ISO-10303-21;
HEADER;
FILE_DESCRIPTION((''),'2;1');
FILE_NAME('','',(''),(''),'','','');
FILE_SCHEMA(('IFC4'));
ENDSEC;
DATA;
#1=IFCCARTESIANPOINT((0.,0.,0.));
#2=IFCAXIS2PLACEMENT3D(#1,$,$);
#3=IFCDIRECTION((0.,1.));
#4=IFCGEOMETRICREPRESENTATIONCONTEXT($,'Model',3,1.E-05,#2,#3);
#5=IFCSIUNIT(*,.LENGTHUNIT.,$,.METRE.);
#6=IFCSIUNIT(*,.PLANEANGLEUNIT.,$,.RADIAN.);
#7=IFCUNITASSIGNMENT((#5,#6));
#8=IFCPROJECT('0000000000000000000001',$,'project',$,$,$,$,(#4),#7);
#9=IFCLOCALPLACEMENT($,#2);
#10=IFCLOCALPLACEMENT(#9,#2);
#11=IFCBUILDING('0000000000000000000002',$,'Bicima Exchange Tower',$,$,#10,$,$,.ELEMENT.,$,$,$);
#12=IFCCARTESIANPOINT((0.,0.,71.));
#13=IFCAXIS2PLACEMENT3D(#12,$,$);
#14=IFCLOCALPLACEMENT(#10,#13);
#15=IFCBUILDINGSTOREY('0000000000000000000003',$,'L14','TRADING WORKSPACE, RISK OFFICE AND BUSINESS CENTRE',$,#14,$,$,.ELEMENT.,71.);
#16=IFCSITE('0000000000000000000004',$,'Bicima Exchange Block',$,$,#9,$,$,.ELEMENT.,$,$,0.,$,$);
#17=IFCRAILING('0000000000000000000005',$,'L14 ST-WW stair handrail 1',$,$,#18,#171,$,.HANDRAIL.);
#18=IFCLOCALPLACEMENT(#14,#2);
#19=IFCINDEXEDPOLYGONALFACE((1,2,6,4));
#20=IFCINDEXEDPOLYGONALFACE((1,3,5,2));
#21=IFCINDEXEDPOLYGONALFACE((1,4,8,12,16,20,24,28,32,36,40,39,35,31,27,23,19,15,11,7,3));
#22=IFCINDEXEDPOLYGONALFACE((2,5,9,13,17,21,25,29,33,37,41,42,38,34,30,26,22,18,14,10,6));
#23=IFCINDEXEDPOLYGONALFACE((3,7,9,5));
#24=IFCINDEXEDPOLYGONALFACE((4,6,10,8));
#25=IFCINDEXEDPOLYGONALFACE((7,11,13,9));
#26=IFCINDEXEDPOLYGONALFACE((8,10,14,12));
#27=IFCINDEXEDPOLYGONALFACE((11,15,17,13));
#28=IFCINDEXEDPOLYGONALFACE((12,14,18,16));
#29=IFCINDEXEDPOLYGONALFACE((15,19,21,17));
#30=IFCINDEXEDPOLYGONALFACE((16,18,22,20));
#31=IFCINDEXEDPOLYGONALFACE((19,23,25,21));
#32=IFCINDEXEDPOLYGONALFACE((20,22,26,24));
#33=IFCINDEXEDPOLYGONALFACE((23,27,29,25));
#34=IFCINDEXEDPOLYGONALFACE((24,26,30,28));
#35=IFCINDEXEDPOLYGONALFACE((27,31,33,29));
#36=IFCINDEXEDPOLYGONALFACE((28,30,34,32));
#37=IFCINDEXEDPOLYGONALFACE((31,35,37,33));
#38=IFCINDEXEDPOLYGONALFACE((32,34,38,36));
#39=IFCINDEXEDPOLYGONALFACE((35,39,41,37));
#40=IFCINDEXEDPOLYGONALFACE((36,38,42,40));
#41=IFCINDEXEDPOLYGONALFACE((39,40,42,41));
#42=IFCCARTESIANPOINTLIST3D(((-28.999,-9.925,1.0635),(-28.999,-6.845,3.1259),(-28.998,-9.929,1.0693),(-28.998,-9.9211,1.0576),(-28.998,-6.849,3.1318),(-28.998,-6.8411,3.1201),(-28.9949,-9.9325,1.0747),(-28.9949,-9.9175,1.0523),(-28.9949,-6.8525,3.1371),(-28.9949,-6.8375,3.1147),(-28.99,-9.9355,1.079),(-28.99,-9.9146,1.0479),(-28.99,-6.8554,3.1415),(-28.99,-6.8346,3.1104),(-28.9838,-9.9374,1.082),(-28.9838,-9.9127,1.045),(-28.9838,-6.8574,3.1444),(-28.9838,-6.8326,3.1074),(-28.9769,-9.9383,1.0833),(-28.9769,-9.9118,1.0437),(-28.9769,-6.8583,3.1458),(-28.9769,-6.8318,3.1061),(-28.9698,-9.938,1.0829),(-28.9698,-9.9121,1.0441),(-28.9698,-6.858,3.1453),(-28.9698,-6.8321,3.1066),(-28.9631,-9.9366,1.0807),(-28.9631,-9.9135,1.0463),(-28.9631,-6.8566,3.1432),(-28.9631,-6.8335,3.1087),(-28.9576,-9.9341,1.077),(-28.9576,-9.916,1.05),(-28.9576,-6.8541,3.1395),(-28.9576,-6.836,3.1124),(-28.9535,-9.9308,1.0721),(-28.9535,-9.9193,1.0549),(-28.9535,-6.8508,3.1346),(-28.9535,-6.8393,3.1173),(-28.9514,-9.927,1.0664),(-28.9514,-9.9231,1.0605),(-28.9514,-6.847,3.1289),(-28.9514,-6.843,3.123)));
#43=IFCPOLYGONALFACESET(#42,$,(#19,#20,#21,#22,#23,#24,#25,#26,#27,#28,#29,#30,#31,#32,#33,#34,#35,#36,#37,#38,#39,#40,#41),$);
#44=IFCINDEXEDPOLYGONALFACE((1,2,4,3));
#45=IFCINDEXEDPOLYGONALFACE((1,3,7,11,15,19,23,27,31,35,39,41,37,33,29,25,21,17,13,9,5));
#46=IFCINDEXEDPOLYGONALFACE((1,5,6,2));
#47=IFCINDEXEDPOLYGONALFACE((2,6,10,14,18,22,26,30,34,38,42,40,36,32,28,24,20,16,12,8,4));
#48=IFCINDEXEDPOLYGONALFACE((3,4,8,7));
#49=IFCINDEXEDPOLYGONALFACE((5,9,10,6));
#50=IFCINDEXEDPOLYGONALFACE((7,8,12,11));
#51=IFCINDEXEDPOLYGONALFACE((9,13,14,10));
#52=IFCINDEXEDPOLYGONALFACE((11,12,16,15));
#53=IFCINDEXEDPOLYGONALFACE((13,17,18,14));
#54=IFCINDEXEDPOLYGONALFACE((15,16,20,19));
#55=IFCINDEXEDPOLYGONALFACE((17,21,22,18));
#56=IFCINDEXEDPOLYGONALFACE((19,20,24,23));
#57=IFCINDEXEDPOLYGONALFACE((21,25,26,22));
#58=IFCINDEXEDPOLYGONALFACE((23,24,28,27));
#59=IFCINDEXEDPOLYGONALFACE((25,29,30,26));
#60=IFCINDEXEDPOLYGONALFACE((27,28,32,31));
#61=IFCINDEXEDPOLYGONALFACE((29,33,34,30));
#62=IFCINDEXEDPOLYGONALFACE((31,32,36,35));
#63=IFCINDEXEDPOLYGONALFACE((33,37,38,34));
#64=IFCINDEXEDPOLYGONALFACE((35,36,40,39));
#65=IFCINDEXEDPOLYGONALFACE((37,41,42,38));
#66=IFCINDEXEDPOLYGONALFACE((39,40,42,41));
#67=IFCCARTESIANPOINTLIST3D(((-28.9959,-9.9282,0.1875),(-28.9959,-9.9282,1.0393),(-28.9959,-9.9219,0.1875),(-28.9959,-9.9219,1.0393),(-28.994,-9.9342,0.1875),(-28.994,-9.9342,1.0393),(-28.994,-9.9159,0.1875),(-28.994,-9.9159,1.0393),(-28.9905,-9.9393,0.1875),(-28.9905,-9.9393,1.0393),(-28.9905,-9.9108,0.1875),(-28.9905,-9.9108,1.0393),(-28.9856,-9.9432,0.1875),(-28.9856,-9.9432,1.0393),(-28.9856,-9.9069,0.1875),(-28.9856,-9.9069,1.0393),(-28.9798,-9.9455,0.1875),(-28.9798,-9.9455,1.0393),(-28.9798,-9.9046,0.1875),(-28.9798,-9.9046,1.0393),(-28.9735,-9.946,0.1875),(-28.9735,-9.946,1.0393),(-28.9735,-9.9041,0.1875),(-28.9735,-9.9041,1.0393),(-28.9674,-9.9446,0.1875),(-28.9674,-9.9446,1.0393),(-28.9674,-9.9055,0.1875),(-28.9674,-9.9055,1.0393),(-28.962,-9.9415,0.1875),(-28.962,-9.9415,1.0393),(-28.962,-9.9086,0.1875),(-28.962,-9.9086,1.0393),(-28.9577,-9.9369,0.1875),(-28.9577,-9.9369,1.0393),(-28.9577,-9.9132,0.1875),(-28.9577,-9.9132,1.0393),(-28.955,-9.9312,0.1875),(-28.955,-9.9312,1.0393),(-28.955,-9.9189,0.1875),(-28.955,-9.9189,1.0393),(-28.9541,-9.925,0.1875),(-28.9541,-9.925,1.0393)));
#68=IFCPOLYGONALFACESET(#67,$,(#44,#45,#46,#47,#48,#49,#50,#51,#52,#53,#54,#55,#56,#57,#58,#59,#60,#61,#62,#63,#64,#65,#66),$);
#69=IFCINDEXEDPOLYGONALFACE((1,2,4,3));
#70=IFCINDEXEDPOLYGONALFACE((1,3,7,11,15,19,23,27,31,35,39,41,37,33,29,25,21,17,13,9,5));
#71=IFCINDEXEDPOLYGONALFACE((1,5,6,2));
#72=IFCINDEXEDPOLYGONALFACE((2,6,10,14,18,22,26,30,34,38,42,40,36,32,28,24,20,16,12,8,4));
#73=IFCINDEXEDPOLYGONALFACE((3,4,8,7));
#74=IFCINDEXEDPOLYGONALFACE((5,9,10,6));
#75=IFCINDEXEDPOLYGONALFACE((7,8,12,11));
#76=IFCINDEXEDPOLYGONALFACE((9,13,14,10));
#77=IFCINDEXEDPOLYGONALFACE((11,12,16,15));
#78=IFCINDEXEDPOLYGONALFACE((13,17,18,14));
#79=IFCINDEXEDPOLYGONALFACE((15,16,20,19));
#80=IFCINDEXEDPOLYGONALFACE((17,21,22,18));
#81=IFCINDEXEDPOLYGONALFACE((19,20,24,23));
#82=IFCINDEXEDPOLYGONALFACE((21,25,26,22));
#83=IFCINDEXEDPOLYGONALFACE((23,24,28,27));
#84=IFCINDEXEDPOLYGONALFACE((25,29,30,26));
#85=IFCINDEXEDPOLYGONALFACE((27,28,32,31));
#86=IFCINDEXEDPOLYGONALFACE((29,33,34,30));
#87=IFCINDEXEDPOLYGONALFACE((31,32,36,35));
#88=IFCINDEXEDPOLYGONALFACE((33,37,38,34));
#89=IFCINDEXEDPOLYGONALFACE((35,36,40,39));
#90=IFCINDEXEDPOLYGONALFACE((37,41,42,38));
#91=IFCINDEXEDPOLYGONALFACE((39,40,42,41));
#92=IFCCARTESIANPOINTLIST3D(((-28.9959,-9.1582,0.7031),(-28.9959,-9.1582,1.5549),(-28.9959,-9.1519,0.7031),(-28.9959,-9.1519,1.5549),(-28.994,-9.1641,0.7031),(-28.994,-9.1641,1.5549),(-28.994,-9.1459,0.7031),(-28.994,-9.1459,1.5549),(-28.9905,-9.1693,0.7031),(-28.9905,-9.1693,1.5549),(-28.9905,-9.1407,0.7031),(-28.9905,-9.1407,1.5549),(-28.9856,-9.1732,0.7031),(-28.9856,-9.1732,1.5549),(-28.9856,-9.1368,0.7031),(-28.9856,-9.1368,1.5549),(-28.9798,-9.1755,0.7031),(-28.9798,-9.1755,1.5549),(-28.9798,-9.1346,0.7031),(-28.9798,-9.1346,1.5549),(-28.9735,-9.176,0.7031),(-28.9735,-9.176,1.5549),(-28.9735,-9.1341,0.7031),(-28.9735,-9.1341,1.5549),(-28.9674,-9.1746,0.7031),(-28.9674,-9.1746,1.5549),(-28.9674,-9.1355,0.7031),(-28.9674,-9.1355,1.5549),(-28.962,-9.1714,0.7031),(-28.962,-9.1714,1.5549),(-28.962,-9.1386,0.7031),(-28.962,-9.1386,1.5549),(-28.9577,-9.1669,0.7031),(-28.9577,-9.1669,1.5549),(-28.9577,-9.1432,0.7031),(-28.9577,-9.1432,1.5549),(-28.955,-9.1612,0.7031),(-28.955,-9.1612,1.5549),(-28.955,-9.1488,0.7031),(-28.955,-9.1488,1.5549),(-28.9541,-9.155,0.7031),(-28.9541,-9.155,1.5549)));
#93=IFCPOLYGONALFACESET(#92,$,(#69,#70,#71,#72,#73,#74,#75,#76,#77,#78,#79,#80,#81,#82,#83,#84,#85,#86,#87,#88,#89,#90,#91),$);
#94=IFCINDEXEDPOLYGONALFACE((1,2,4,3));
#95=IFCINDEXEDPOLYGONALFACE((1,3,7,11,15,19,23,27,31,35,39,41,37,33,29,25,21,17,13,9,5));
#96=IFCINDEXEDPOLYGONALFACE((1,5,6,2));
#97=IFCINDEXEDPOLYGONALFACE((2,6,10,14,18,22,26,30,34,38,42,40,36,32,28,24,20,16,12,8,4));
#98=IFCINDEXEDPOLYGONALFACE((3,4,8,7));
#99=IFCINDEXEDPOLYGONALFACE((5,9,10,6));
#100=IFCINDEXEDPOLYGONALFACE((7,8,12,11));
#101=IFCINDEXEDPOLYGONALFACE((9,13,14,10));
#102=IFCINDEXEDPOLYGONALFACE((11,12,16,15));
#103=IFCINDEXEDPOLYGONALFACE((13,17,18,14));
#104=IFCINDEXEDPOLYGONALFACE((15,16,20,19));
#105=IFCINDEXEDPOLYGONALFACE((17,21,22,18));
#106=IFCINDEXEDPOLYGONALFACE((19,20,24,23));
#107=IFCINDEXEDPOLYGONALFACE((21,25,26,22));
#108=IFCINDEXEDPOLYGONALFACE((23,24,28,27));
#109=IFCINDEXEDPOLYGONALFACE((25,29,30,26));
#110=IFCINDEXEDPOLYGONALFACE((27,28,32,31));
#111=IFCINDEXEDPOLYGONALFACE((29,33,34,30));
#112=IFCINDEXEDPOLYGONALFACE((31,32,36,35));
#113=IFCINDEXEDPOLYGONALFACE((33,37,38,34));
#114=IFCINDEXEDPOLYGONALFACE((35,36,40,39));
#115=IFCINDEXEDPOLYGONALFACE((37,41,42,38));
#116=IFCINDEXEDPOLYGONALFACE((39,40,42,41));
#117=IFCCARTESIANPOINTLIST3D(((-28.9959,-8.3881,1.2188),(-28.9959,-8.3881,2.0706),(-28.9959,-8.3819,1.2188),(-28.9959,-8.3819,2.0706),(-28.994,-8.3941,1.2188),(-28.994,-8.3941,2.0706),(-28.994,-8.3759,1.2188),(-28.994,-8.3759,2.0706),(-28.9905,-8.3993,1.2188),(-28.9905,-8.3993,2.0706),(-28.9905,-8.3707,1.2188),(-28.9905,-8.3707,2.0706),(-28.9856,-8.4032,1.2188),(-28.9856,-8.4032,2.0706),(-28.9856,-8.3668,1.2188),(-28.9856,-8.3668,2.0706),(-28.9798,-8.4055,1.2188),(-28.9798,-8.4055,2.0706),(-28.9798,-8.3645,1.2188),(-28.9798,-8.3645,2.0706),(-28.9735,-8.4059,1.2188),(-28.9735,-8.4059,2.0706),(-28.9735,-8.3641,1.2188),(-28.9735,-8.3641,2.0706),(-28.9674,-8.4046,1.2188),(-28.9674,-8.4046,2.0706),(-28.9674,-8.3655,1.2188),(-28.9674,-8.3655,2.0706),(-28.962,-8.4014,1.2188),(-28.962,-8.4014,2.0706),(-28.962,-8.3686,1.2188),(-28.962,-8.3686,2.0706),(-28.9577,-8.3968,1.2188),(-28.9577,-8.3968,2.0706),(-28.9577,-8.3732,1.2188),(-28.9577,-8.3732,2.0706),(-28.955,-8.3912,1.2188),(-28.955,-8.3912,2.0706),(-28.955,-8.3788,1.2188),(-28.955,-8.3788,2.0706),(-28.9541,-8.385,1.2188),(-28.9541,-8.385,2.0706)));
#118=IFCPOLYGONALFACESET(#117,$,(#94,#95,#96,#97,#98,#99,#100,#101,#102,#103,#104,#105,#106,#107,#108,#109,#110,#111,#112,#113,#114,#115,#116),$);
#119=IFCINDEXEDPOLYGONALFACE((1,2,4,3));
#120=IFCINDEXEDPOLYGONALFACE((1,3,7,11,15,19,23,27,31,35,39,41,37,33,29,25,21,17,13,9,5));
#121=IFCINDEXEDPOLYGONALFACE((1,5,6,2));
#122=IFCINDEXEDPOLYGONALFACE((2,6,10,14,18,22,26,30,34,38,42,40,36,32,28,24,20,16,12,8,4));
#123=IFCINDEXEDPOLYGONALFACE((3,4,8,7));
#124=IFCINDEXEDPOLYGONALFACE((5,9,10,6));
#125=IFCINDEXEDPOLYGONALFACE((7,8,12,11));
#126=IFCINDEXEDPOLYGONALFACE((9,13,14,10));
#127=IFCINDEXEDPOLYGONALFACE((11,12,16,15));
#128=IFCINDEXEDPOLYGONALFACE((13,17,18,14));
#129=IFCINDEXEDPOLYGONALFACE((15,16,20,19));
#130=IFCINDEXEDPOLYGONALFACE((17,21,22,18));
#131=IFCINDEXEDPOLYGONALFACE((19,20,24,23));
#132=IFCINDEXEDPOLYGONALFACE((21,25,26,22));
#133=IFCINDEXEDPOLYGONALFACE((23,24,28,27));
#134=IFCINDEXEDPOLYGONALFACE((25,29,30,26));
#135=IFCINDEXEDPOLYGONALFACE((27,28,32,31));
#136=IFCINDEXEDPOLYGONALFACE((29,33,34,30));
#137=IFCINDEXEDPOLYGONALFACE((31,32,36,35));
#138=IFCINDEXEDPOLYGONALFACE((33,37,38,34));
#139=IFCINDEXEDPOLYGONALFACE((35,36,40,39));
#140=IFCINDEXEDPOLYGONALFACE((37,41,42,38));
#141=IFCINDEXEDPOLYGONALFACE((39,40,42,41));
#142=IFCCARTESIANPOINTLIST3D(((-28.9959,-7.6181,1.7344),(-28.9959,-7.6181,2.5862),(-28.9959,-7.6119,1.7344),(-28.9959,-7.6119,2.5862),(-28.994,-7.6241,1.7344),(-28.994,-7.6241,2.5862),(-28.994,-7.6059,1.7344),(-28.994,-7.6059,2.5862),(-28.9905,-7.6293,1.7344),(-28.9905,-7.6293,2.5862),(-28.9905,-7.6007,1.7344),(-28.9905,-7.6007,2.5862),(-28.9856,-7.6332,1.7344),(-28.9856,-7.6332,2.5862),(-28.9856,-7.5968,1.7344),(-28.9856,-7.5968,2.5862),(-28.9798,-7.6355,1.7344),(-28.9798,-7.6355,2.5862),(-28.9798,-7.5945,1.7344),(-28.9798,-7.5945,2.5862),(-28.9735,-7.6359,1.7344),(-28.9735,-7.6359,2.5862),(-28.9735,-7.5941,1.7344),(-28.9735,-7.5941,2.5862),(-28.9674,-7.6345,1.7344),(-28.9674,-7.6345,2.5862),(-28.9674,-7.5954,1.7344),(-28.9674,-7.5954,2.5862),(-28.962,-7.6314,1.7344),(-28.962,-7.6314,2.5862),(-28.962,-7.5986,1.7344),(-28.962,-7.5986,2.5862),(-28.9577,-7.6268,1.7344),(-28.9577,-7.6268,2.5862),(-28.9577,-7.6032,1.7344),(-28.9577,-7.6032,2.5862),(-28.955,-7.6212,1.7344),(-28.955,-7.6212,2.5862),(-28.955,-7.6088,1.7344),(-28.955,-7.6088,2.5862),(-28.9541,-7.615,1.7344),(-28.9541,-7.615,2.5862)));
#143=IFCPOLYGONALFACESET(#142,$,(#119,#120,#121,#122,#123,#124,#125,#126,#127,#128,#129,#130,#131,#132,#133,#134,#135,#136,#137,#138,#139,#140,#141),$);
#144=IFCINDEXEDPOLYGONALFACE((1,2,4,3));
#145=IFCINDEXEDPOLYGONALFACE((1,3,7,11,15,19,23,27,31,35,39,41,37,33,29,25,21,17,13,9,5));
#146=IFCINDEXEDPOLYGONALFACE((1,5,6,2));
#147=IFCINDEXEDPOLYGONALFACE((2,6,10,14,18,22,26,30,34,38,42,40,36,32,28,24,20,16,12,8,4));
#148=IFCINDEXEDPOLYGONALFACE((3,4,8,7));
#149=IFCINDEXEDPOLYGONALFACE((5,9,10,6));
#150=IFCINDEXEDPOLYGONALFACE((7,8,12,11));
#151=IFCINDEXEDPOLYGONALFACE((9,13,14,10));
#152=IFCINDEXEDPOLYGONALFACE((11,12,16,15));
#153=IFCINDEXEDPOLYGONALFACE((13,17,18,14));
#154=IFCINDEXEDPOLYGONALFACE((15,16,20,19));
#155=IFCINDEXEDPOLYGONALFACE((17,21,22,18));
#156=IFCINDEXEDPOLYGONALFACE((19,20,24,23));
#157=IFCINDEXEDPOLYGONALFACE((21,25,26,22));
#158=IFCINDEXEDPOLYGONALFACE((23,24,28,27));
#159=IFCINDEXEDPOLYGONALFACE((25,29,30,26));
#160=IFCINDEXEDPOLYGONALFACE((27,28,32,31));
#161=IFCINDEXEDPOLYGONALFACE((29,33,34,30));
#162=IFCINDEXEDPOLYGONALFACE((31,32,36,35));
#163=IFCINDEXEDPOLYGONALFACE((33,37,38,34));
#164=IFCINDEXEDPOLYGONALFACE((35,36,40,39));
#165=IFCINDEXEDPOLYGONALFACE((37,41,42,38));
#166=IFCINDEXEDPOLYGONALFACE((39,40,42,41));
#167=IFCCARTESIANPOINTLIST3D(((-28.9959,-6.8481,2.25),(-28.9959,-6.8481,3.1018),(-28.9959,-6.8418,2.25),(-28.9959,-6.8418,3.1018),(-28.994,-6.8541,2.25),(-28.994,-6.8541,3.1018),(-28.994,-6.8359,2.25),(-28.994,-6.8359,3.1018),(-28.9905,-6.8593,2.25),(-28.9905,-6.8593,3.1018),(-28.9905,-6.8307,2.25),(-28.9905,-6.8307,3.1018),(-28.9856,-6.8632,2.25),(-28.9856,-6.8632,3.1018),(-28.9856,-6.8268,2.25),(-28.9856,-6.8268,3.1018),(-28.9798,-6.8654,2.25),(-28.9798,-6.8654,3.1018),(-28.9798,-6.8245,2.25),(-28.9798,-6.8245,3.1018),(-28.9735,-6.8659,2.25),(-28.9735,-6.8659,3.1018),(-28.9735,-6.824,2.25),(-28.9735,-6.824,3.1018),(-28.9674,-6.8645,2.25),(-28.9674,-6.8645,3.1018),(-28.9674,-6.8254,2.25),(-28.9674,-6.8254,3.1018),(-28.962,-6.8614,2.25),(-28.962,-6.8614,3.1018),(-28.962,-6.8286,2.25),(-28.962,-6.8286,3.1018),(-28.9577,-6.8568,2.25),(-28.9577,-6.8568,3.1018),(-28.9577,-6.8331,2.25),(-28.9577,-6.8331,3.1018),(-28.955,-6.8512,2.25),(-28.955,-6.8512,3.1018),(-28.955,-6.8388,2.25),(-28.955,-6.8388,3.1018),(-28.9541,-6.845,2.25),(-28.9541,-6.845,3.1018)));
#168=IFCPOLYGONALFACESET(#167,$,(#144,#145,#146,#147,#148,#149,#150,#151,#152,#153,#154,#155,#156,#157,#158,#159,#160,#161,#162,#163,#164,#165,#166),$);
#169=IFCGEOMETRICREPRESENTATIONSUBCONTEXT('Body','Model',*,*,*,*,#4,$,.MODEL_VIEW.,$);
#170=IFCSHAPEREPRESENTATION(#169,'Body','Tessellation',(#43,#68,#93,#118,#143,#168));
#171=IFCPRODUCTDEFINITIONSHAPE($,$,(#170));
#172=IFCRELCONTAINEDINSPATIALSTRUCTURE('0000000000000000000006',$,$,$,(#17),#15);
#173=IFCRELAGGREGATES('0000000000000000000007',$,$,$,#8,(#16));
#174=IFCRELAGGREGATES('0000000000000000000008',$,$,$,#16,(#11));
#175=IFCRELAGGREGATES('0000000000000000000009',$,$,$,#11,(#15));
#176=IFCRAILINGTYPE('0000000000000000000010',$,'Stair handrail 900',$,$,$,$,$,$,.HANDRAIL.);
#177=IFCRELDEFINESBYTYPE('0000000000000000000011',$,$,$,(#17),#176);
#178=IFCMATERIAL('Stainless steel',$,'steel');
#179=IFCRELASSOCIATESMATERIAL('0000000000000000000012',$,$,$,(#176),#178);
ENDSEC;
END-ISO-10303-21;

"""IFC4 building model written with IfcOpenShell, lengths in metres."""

from ifc_helpers import new_model, si_unit, direction, frame, origin, origin_2d, place, context, subcontext, project, spatial, circle, extrude, material, type_object, element, save


model = new_model("IFC4")

# Units and contexts
model_context = context("Model", 3, precision=1e-05, world=origin(), true_north=direction((0.0, 1.0)))
body_context = subcontext(model_context, "Body", "Model", "MODEL_VIEW")
ifc_project = project(units=[si_unit("LENGTHUNIT", "METRE"), si_unit("PLANEANGLEUNIT", "RADIAN")], contexts=[model_context])

# Site, building, storey
site_placement = place(None, origin())
site = spatial("IfcSite", under=ifc_project, at=site_placement, Name="Bicima Exchange Block", CompositionType="ELEMENT", RefElevation=0.0)
building_placement = place(site_placement, origin())
building = spatial("IfcBuilding", under=site, at=building_placement, Name="Bicima Exchange Tower", CompositionType="ELEMENT")
storey_placement = place(building_placement, frame((0.0, 0.0, 71.0)))
storey = spatial("IfcBuildingStorey", under=building, at=storey_placement, Name="L14", Description="TRADING WORKSPACE, RISK OFFICE AND BUSINESS CENTRE", CompositionType="ELEMENT", Elevation=71.0)

# Railing
ifc_material_1 = material(Name="Stainless steel", Category="steel")
railing_type = type_object("IfcRailingType", Name="Stair handrail 900", PredefinedType="HANDRAIL", material=ifc_material_1)
railing_placement = place(storey_placement, frame((-28.9751, -9.925, 0.1875)))
element("IfcRailing", 1, at=railing_placement, inside=storey, type_object=railing_type, Name="L14 ST-WW stair handrail 1", PredefinedType="HANDRAIL", context=body_context, shape_type="SweptSolid", body=[
    extrude(circle(Radius=0.0239, at=origin_2d()), frame((0.0, 0.0, 0.876), z_axis=(0.0, 0.830914, 0.556401), x_axis=(-1.0, 0.0, 0.0)), (0.0, 0.0, 1.0), 3.7068),
    extrude(circle(Radius=0.021, at=origin_2d()), origin(), (0.0, 0.0, 1.0), 0.8518),
    extrude(circle(Radius=0.021, at=origin_2d()), frame((0.0, 0.77, 0.5156)), (0.0, 0.0, 1.0), 0.8518),
    extrude(circle(Radius=0.021, at=origin_2d()), frame((0.0, 1.54, 1.0312)), (0.0, 0.0, 1.0), 0.8518),
    extrude(circle(Radius=0.021, at=origin_2d()), frame((0.0, 2.3101, 1.5469)), (0.0, 0.0, 1.0), 0.8518),
    extrude(circle(Radius=0.021, at=origin_2d()), frame((0.0, 3.0801, 2.0625)), (0.0, 0.0, 1.0), 0.8518),
])

save(model, "model.ifc")
